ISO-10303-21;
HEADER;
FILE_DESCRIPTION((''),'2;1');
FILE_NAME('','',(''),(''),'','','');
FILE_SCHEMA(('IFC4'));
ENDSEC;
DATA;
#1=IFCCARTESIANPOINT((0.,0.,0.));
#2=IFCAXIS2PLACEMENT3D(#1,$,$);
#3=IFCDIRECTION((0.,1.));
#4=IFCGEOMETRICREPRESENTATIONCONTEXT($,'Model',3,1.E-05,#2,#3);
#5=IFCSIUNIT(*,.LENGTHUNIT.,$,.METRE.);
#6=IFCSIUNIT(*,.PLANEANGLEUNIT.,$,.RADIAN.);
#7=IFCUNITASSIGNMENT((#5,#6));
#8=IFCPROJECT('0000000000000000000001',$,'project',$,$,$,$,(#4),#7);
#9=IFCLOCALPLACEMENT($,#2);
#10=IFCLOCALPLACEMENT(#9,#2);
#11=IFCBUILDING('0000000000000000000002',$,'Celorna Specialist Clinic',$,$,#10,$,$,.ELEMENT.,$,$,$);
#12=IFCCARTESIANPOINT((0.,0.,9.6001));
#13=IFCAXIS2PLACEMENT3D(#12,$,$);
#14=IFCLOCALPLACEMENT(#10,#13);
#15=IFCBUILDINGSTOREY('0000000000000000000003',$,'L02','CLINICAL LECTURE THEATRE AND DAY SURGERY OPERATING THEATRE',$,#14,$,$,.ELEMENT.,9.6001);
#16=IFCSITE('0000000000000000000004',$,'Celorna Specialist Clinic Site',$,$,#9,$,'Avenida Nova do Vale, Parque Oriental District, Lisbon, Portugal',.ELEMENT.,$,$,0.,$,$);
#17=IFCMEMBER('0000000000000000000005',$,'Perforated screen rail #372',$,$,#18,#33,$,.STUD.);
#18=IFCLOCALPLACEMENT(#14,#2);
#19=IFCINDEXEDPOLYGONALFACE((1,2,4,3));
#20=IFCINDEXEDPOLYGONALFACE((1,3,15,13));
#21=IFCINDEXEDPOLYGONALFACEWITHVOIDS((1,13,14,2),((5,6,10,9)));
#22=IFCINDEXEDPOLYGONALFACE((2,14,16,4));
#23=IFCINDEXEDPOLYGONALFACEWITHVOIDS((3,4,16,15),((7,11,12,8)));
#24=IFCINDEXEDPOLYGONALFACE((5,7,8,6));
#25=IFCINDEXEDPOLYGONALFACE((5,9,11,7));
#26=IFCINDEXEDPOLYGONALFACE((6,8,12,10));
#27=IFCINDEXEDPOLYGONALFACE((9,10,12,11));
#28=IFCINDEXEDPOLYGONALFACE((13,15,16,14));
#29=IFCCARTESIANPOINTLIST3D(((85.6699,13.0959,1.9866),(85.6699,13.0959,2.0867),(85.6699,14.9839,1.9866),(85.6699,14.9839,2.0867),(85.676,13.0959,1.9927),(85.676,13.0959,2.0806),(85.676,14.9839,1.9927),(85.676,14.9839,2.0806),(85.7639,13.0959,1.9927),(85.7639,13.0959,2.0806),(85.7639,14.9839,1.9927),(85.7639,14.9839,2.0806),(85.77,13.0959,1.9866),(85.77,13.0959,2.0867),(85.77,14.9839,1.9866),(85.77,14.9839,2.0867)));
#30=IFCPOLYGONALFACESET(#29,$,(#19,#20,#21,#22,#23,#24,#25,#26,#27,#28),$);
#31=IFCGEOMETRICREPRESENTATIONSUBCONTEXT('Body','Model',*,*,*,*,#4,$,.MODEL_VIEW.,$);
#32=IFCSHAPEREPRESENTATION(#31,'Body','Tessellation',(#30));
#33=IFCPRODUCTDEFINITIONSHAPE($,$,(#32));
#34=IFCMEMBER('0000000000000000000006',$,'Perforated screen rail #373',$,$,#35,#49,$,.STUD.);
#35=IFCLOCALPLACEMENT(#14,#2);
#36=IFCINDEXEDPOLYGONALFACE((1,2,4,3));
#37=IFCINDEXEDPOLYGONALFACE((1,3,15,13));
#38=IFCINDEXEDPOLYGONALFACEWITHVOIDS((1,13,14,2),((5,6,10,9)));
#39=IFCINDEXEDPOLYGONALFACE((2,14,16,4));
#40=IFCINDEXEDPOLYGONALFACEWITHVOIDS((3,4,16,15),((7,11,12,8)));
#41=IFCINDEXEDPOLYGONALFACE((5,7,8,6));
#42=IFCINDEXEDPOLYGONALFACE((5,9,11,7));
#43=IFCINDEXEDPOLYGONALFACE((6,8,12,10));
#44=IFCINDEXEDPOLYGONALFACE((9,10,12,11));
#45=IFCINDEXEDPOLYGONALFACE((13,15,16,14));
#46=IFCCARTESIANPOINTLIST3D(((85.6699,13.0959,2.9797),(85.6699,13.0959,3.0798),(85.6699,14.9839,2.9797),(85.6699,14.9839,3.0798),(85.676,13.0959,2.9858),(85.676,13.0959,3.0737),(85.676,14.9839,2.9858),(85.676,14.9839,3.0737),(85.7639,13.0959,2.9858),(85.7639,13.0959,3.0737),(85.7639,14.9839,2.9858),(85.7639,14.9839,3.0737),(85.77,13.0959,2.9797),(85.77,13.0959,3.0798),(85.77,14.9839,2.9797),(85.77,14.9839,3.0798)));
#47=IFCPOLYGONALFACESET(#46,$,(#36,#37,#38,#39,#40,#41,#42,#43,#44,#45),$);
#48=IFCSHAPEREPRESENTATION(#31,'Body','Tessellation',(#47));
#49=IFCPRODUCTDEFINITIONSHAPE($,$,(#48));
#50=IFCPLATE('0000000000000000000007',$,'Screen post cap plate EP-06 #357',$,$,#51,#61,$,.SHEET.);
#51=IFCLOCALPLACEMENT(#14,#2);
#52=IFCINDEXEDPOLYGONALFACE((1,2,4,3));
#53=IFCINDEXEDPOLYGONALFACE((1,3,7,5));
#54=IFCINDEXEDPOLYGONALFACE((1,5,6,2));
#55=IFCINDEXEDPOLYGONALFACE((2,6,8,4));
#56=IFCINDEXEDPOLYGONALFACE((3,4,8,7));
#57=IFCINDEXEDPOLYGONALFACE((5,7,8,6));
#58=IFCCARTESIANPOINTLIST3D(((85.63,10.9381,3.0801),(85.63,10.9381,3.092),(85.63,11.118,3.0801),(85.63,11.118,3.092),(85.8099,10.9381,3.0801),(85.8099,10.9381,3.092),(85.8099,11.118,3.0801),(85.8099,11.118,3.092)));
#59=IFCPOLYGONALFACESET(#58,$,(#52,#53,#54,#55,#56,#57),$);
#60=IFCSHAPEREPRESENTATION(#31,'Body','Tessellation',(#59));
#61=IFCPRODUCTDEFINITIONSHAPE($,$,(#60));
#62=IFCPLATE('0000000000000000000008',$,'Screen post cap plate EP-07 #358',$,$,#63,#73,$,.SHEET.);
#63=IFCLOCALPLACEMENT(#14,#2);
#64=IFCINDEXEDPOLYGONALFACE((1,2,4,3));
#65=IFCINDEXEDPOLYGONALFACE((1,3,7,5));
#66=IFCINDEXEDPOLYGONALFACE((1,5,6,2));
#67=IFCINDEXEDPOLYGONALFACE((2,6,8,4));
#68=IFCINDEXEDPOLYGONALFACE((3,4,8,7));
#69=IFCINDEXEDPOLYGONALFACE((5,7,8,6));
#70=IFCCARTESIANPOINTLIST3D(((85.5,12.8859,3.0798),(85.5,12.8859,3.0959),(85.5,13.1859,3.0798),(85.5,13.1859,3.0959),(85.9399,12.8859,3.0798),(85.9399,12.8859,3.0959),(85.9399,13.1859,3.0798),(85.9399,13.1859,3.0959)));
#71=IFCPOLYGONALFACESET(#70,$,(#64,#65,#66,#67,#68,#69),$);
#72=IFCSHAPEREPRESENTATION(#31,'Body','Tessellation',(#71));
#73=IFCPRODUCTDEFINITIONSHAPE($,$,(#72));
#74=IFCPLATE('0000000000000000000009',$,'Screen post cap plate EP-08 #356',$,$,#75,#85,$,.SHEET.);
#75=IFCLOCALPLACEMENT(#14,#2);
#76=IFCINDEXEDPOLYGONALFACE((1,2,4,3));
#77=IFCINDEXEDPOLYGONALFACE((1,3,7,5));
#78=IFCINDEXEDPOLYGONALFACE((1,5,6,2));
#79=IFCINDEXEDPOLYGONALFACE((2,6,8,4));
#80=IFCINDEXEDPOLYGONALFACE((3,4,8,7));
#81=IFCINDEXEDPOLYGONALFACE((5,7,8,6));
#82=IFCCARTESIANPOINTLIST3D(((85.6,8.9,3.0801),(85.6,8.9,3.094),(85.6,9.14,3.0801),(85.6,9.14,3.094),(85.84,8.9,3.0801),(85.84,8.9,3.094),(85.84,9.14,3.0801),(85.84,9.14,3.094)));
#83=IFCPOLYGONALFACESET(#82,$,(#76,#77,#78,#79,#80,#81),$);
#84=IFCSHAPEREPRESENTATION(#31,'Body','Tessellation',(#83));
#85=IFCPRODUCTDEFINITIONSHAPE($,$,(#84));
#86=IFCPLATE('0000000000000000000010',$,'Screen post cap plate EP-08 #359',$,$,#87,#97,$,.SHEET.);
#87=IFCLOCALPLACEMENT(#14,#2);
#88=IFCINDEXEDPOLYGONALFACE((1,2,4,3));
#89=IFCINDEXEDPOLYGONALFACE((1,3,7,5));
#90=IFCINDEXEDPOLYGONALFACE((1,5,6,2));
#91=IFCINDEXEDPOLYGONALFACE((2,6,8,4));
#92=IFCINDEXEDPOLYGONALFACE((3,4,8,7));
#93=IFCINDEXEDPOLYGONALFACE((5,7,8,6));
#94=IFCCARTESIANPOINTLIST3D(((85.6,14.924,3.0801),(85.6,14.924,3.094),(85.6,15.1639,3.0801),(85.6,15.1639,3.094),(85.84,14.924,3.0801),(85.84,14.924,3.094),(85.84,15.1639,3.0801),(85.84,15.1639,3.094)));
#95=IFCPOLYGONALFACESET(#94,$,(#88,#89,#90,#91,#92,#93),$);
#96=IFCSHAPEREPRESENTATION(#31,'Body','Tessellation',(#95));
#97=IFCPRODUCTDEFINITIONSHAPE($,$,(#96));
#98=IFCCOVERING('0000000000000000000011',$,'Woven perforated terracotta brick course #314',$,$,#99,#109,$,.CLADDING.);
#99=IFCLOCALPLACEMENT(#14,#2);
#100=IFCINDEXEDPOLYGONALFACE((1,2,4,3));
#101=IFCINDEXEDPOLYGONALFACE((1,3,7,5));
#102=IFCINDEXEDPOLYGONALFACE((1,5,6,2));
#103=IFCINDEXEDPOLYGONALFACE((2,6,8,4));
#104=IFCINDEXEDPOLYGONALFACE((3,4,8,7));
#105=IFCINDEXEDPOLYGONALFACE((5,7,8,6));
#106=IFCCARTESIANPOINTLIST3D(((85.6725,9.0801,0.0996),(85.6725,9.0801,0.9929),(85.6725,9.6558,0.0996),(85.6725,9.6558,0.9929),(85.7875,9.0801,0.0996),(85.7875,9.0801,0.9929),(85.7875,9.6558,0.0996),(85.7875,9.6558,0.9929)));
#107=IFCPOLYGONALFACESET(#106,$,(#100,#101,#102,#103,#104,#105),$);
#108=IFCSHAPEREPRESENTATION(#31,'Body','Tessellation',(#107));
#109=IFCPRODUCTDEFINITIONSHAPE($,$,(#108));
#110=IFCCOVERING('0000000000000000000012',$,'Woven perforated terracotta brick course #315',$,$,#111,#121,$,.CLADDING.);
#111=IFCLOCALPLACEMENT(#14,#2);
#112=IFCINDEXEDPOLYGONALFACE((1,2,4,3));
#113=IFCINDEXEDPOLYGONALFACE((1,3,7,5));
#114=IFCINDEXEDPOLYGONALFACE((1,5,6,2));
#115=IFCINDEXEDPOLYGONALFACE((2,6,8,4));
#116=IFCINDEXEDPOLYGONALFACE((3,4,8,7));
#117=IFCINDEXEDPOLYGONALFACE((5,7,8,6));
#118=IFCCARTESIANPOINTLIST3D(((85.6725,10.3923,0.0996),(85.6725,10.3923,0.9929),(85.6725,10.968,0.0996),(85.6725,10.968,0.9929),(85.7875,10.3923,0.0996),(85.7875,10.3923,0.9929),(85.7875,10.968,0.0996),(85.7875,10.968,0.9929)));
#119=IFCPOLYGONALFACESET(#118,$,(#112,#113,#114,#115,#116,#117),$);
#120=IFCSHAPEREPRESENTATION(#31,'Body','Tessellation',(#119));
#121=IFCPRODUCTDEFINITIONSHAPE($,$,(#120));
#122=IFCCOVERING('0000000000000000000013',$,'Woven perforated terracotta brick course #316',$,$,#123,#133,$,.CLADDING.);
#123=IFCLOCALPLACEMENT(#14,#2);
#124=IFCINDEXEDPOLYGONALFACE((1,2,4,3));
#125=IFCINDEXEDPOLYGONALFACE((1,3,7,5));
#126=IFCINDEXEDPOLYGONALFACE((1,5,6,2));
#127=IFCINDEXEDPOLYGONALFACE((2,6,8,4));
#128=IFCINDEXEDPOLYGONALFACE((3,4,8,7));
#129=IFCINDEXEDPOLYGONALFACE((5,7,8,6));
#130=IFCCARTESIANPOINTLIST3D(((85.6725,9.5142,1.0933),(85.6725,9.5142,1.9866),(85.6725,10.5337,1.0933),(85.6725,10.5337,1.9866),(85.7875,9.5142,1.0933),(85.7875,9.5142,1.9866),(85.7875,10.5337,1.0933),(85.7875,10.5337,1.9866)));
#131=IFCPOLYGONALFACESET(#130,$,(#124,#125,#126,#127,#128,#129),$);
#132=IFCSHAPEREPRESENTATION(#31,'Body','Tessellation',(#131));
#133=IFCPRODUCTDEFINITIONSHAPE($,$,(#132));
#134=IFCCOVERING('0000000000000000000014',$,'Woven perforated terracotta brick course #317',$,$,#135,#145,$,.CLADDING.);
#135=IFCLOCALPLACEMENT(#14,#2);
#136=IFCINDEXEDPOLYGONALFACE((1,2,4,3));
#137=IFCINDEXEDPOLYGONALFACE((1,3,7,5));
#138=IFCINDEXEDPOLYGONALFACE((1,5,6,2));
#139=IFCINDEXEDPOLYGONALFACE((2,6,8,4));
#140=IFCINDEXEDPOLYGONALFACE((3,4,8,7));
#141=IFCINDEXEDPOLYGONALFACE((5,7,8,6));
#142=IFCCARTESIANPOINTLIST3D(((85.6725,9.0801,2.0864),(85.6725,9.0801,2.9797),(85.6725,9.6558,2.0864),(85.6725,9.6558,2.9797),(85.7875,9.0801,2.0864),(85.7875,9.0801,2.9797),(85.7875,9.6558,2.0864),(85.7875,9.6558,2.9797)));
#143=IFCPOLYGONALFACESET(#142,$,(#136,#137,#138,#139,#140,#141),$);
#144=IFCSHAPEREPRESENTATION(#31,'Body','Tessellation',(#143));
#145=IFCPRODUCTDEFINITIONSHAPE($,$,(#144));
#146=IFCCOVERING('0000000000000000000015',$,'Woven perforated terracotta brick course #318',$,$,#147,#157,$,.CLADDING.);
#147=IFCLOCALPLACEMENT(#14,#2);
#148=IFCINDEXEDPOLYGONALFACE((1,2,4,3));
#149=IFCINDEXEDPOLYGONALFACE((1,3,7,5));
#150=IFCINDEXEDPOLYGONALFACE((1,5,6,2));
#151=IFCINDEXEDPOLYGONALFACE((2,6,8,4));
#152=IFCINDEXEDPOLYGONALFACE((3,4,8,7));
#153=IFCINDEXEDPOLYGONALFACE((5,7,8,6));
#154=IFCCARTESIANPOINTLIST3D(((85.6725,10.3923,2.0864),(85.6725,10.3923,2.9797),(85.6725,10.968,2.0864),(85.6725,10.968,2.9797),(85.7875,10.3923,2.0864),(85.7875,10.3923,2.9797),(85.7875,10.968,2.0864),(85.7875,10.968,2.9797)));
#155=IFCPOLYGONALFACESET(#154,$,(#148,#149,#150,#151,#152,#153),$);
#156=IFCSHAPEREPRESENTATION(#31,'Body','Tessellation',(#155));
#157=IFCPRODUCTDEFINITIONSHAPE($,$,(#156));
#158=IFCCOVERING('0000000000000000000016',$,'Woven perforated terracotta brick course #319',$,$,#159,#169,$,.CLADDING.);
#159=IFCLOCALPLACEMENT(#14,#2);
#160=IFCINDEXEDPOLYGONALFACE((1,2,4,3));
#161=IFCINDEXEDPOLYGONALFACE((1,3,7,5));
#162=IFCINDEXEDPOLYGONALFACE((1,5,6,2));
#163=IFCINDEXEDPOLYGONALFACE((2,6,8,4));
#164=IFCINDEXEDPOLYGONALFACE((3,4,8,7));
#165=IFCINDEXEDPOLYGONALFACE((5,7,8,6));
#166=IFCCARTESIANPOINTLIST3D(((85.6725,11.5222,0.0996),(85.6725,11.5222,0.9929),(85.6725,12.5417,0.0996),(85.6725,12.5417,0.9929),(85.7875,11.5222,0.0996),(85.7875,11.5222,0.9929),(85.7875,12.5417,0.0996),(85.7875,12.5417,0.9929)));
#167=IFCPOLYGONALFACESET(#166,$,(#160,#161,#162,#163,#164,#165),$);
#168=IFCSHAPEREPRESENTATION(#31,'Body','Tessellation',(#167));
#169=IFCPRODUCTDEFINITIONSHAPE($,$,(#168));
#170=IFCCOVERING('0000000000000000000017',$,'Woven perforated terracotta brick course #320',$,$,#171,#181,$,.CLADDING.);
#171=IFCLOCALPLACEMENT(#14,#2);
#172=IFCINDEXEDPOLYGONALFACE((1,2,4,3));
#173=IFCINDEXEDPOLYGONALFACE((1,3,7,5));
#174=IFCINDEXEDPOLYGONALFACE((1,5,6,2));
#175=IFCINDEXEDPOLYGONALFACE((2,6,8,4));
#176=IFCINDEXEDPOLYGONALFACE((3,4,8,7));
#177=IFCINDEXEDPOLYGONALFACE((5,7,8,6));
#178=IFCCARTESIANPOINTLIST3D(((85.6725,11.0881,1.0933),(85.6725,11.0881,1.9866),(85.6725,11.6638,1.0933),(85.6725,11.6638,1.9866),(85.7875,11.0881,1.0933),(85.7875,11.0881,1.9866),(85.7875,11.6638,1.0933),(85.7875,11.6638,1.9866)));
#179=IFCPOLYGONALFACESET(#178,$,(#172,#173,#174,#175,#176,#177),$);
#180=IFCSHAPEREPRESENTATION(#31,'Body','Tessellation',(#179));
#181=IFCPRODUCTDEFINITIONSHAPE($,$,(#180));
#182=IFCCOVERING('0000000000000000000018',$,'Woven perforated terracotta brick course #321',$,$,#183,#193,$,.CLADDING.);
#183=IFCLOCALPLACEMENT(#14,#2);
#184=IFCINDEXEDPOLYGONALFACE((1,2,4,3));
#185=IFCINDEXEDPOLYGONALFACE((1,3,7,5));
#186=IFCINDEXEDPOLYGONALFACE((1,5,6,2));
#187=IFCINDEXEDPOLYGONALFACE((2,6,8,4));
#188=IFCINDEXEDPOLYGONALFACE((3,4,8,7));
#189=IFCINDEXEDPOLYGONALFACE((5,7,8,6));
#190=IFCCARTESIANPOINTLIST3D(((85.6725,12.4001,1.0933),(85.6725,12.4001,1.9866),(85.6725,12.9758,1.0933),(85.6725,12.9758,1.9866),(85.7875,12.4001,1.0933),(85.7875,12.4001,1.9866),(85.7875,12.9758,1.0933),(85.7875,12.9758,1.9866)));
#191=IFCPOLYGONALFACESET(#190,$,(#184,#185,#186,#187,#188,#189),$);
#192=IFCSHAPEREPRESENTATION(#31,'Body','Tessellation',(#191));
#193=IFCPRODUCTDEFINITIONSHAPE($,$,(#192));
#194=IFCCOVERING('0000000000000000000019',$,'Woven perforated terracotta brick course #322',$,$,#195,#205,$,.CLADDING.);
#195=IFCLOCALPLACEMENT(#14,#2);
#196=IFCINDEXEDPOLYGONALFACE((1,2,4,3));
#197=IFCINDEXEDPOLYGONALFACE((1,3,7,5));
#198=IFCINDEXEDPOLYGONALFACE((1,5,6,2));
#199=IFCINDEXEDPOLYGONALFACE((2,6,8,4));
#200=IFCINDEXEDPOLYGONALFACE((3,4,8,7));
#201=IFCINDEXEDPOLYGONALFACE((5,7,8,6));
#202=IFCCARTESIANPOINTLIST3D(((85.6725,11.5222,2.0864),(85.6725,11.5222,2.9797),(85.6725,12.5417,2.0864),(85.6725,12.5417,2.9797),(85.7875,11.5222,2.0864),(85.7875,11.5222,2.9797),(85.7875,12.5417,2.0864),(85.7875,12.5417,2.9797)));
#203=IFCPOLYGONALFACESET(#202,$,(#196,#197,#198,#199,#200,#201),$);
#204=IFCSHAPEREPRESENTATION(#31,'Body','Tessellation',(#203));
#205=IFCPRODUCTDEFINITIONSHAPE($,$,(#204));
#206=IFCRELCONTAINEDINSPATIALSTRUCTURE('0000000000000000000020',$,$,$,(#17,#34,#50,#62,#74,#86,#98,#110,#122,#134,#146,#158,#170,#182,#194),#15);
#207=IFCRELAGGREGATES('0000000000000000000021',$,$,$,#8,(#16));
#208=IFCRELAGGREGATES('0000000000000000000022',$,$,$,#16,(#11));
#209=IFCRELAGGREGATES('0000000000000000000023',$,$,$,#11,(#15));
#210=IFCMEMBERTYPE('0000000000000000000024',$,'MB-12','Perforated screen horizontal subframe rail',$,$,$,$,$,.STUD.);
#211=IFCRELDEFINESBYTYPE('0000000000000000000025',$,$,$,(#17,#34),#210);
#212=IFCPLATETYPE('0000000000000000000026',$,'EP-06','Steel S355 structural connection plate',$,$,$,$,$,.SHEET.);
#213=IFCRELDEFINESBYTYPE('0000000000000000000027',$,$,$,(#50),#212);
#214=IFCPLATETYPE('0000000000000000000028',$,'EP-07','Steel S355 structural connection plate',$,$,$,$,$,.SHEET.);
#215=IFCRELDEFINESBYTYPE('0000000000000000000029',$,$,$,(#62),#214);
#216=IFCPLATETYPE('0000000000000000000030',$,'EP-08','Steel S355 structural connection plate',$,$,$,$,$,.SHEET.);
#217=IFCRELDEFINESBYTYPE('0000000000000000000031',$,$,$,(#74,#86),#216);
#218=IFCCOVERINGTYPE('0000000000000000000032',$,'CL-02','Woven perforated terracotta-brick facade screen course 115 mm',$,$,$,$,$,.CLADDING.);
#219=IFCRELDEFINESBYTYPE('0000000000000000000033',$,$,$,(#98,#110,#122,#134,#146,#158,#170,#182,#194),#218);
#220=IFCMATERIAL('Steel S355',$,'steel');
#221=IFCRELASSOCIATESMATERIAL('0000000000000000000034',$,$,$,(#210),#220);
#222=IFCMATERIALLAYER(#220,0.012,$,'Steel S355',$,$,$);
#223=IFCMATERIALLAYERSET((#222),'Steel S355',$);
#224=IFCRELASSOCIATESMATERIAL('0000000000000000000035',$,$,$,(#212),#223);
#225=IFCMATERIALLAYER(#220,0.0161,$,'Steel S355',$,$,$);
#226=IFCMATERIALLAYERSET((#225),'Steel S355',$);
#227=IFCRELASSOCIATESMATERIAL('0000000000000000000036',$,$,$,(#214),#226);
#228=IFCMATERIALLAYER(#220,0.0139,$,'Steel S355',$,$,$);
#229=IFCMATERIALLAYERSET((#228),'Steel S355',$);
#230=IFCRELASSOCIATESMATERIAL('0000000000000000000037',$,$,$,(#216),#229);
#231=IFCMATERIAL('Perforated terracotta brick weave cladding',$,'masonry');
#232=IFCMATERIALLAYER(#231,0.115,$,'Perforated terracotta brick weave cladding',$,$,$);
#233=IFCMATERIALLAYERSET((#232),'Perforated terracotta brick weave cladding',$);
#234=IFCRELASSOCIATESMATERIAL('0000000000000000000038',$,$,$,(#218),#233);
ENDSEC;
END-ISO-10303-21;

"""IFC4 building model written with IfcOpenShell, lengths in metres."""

from ifc_helpers import new_model, si_unit, direction, frame, origin, origin_2d, place, context, subcontext, project, spatial, rectangle, hollow_rectangle, extrude, material, layer, layer_set, material_profile, profile_set, type_object, element, save


model = new_model("IFC4")

# Units and contexts
model_context = context("Model", 3, precision=1e-05, world=origin(), true_north=direction((0.0, 1.0)))
body_context = subcontext(model_context, "Body", "Model", "MODEL_VIEW")
ifc_project = project(units=[si_unit("LENGTHUNIT", "METRE"), si_unit("PLANEANGLEUNIT", "RADIAN")], contexts=[model_context])

# Site, building, storey
site_placement = place(None, origin())
site = spatial("IfcSite", under=ifc_project, at=site_placement, Name="Celorna Specialist Clinic Site", LongName="Avenida Nova do Vale, Parque Oriental District, Lisbon, Portugal", CompositionType="ELEMENT", RefElevation=0.0)
building_placement = place(site_placement, origin())
building = spatial("IfcBuilding", under=site, at=building_placement, Name="Celorna Specialist Clinic", CompositionType="ELEMENT")
storey_placement = place(building_placement, frame((0.0, 0.0, 9.6001)))
storey = spatial("IfcBuildingStorey", under=building, at=storey_placement, Name="L02", Description="CLINICAL LECTURE THEATRE AND DAY SURGERY OPERATING THEATRE", CompositionType="ELEMENT", Elevation=9.6001)

# Members
ifc_material_1 = material(Name="Steel S355", Category="steel")
ifc_material_profile_1 = material_profile(ifc_material_1, hollow_rectangle(XDim=0.1001, YDim=0.1001, WallThickness=0.0061, at=origin_2d()), Name="SHS 100x100x6")
ifc_profile_set_1 = profile_set([ifc_material_profile_1], Name="Steel S355")
member_type_1 = type_object("IfcMemberType", Name="MB-12", Description="Perforated screen horizontal subframe rail", PredefinedType="STUD", material=ifc_profile_set_1)
for number, where, z_axis, x_axis, name in (
    (1, (85.72, 13.0959, 2.0366), (0.0, 1.0, 0.0), (-1.0, 0.0, 0.0), "Perforated screen rail #372"),
    (2, (85.72, 13.0959, 3.0298), (0.0, 1.0, 0.0), (-1.0, 0.0, 0.0), "Perforated screen rail #373"),
):
    element("IfcMember", number, at=place(storey_placement, frame(where, z_axis=z_axis, x_axis=x_axis)), inside=storey, type_object=member_type_1, Name=name, PredefinedType="STUD", context=body_context, shape_type="SweptSolid", body=[
        extrude(hollow_rectangle(XDim=0.1001, YDim=0.1001, WallThickness=0.0061, at=origin_2d()), origin(), (0.0, 0.0, 1.0), 1.8879),
    ])

# Plates
ifc_layer_1 = layer(ifc_material_1, 0.012, Name="Steel S355")
ifc_layer_set_1 = layer_set([ifc_layer_1], Name="Steel S355")
plate_type_1 = type_object("IfcPlateType", Name="EP-06", Description="Steel S355 structural connection plate", PredefinedType="SHEET", material=ifc_layer_set_1)
plate_1_placement = place(storey_placement, frame((85.72, 11.0281, 3.0801), z_axis=(0.0, 0.0, 1.0), x_axis=(0.0, 1.0, 0.0)))
element("IfcPlate", 3, at=plate_1_placement, inside=storey, type_object=plate_type_1, Name="Screen post cap plate EP-06 #357", PredefinedType="SHEET", context=body_context, shape_type="SweptSolid", body=[
    extrude(rectangle(XDim=0.1799, YDim=0.1799, at=origin_2d()), origin(), (0.0, 0.0, 1.0), 0.012),
])
ifc_layer_2 = layer(ifc_material_1, 0.0161, Name="Steel S355")
ifc_layer_set_2 = layer_set([ifc_layer_2], Name="Steel S355")
plate_type_2 = type_object("IfcPlateType", Name="EP-07", Description="Steel S355 structural connection plate", PredefinedType="SHEET", material=ifc_layer_set_2)
plate_2_placement = place(storey_placement, frame((85.72, 13.0359, 3.0798), z_axis=(0.0, 0.0, 1.0), x_axis=(0.0, 1.0, 0.0)))
element("IfcPlate", 4, at=plate_2_placement, inside=storey, type_object=plate_type_2, Name="Screen post cap plate EP-07 #358", PredefinedType="SHEET", context=body_context, shape_type="SweptSolid", body=[
    extrude(rectangle(XDim=0.3, YDim=0.4399, at=origin_2d()), origin(), (0.0, 0.0, 1.0), 0.0161),
])
ifc_layer_3 = layer(ifc_material_1, 0.0139, Name="Steel S355")
ifc_layer_set_3 = layer_set([ifc_layer_3], Name="Steel S355")
plate_type_3 = type_object("IfcPlateType", Name="EP-08", Description="Steel S355 structural connection plate", PredefinedType="SHEET", material=ifc_layer_set_3)
for number, where, z_axis, x_axis, name in (
    (5, (85.72, 9.02, 3.0801), (0.0, 0.0, 1.0), (0.0, 1.0, 0.0), "Screen post cap plate EP-08 #356"),
    (6, (85.72, 15.0439, 3.0801), (0.0, 0.0, 1.0), (0.0, 1.0, 0.0), "Screen post cap plate EP-08 #359"),
):
    element("IfcPlate", number, at=place(storey_placement, frame(where, z_axis=z_axis, x_axis=x_axis)), inside=storey, type_object=plate_type_3, Name=name, PredefinedType="SHEET", context=body_context, shape_type="SweptSolid", body=[
        extrude(rectangle(XDim=0.24, YDim=0.24, at=origin_2d()), origin(), (0.0, 0.0, 1.0), 0.0139),
    ])

# Coverings
ifc_material_2 = material(Name="Perforated terracotta brick weave cladding", Category="masonry")
ifc_layer_4 = layer(ifc_material_2, 0.115, Name="Perforated terracotta brick weave cladding")
ifc_layer_set_4 = layer_set([ifc_layer_4], Name="Perforated terracotta brick weave cladding")
covering_type = type_object("IfcCoveringType", Name="CL-02", Description="Woven perforated terracotta-brick facade screen course 115 mm", PredefinedType="CLADDING", material=ifc_layer_set_4)
for number, where, z_axis, x_axis, name in (
    (7, (85.73, 9.3679, 0.0996), (0.0, 0.0, 1.0), (0.0, 1.0, 0.0), "Woven perforated terracotta brick course #314"),
    (8, (85.73, 10.6802, 0.0996), (0.0, 0.0, 1.0), (0.0, 1.0, 0.0), "Woven perforated terracotta brick course #315"),
):
    element("IfcCovering", number, at=place(storey_placement, frame(where, z_axis=z_axis, x_axis=x_axis)), inside=storey, type_object=covering_type, Name=name, PredefinedType="CLADDING", context=body_context, shape_type="SweptSolid", body=[
        extrude(rectangle(XDim=0.5757, YDim=0.115, at=origin_2d()), origin(), (0.0, 0.0, 1.0), 0.8933),
    ])
covering_1_placement = place(storey_placement, frame((85.73, 10.0239, 1.0933), z_axis=(0.0, 0.0, 1.0), x_axis=(0.0, 1.0, 0.0)))
element("IfcCovering", 9, at=covering_1_placement, inside=storey, type_object=covering_type, Name="Woven perforated terracotta brick course #316", PredefinedType="CLADDING", context=body_context, shape_type="SweptSolid", body=[
    extrude(rectangle(XDim=1.0195, YDim=0.115, at=origin_2d()), origin(), (0.0, 0.0, 1.0), 0.8933),
])
for number, where, z_axis, x_axis, name in (
    (10, (85.73, 9.3679, 2.0864), (0.0, 0.0, 1.0), (0.0, 1.0, 0.0), "Woven perforated terracotta brick course #317"),
    (11, (85.73, 10.6802, 2.0864), (0.0, 0.0, 1.0), (0.0, 1.0, 0.0), "Woven perforated terracotta brick course #318"),
):
    element("IfcCovering", number, at=place(storey_placement, frame(where, z_axis=z_axis, x_axis=x_axis)), inside=storey, type_object=covering_type, Name=name, PredefinedType="CLADDING", context=body_context, shape_type="SweptSolid", body=[
        extrude(rectangle(XDim=0.5757, YDim=0.115, at=origin_2d()), origin(), (0.0, 0.0, 1.0), 0.8933),
    ])
covering_2_placement = place(storey_placement, frame((85.73, 12.032, 0.0996), z_axis=(0.0, 0.0, 1.0), x_axis=(0.0, 1.0, 0.0)))
element("IfcCovering", 12, at=covering_2_placement, inside=storey, type_object=covering_type, Name="Woven perforated terracotta brick course #319", PredefinedType="CLADDING", context=body_context, shape_type="SweptSolid", body=[
    extrude(rectangle(XDim=1.0195, YDim=0.115, at=origin_2d()), origin(), (0.0, 0.0, 1.0), 0.8933),
])
for number, where, z_axis, x_axis, name in (
    (13, (85.73, 11.376, 1.0933), (0.0, 0.0, 1.0), (0.0, 1.0, 0.0), "Woven perforated terracotta brick course #320"),
    (14, (85.73, 12.688, 1.0933), (0.0, 0.0, 1.0), (0.0, 1.0, 0.0), "Woven perforated terracotta brick course #321"),
):
    element("IfcCovering", number, at=place(storey_placement, frame(where, z_axis=z_axis, x_axis=x_axis)), inside=storey, type_object=covering_type, Name=name, PredefinedType="CLADDING", context=body_context, shape_type="SweptSolid", body=[
        extrude(rectangle(XDim=0.5757, YDim=0.115, at=origin_2d()), origin(), (0.0, 0.0, 1.0), 0.8933),
    ])
covering_3_placement = place(storey_placement, frame((85.73, 12.032, 2.0864), z_axis=(0.0, 0.0, 1.0), x_axis=(0.0, 1.0, 0.0)))
element("IfcCovering", 15, at=covering_3_placement, inside=storey, type_object=covering_type, Name="Woven perforated terracotta brick course #322", PredefinedType="CLADDING", context=body_context, shape_type="SweptSolid", body=[
    extrude(rectangle(XDim=1.0195, YDim=0.115, at=origin_2d()), origin(), (0.0, 0.0, 1.0), 0.8933),
])

save(model, "model.ifc")
